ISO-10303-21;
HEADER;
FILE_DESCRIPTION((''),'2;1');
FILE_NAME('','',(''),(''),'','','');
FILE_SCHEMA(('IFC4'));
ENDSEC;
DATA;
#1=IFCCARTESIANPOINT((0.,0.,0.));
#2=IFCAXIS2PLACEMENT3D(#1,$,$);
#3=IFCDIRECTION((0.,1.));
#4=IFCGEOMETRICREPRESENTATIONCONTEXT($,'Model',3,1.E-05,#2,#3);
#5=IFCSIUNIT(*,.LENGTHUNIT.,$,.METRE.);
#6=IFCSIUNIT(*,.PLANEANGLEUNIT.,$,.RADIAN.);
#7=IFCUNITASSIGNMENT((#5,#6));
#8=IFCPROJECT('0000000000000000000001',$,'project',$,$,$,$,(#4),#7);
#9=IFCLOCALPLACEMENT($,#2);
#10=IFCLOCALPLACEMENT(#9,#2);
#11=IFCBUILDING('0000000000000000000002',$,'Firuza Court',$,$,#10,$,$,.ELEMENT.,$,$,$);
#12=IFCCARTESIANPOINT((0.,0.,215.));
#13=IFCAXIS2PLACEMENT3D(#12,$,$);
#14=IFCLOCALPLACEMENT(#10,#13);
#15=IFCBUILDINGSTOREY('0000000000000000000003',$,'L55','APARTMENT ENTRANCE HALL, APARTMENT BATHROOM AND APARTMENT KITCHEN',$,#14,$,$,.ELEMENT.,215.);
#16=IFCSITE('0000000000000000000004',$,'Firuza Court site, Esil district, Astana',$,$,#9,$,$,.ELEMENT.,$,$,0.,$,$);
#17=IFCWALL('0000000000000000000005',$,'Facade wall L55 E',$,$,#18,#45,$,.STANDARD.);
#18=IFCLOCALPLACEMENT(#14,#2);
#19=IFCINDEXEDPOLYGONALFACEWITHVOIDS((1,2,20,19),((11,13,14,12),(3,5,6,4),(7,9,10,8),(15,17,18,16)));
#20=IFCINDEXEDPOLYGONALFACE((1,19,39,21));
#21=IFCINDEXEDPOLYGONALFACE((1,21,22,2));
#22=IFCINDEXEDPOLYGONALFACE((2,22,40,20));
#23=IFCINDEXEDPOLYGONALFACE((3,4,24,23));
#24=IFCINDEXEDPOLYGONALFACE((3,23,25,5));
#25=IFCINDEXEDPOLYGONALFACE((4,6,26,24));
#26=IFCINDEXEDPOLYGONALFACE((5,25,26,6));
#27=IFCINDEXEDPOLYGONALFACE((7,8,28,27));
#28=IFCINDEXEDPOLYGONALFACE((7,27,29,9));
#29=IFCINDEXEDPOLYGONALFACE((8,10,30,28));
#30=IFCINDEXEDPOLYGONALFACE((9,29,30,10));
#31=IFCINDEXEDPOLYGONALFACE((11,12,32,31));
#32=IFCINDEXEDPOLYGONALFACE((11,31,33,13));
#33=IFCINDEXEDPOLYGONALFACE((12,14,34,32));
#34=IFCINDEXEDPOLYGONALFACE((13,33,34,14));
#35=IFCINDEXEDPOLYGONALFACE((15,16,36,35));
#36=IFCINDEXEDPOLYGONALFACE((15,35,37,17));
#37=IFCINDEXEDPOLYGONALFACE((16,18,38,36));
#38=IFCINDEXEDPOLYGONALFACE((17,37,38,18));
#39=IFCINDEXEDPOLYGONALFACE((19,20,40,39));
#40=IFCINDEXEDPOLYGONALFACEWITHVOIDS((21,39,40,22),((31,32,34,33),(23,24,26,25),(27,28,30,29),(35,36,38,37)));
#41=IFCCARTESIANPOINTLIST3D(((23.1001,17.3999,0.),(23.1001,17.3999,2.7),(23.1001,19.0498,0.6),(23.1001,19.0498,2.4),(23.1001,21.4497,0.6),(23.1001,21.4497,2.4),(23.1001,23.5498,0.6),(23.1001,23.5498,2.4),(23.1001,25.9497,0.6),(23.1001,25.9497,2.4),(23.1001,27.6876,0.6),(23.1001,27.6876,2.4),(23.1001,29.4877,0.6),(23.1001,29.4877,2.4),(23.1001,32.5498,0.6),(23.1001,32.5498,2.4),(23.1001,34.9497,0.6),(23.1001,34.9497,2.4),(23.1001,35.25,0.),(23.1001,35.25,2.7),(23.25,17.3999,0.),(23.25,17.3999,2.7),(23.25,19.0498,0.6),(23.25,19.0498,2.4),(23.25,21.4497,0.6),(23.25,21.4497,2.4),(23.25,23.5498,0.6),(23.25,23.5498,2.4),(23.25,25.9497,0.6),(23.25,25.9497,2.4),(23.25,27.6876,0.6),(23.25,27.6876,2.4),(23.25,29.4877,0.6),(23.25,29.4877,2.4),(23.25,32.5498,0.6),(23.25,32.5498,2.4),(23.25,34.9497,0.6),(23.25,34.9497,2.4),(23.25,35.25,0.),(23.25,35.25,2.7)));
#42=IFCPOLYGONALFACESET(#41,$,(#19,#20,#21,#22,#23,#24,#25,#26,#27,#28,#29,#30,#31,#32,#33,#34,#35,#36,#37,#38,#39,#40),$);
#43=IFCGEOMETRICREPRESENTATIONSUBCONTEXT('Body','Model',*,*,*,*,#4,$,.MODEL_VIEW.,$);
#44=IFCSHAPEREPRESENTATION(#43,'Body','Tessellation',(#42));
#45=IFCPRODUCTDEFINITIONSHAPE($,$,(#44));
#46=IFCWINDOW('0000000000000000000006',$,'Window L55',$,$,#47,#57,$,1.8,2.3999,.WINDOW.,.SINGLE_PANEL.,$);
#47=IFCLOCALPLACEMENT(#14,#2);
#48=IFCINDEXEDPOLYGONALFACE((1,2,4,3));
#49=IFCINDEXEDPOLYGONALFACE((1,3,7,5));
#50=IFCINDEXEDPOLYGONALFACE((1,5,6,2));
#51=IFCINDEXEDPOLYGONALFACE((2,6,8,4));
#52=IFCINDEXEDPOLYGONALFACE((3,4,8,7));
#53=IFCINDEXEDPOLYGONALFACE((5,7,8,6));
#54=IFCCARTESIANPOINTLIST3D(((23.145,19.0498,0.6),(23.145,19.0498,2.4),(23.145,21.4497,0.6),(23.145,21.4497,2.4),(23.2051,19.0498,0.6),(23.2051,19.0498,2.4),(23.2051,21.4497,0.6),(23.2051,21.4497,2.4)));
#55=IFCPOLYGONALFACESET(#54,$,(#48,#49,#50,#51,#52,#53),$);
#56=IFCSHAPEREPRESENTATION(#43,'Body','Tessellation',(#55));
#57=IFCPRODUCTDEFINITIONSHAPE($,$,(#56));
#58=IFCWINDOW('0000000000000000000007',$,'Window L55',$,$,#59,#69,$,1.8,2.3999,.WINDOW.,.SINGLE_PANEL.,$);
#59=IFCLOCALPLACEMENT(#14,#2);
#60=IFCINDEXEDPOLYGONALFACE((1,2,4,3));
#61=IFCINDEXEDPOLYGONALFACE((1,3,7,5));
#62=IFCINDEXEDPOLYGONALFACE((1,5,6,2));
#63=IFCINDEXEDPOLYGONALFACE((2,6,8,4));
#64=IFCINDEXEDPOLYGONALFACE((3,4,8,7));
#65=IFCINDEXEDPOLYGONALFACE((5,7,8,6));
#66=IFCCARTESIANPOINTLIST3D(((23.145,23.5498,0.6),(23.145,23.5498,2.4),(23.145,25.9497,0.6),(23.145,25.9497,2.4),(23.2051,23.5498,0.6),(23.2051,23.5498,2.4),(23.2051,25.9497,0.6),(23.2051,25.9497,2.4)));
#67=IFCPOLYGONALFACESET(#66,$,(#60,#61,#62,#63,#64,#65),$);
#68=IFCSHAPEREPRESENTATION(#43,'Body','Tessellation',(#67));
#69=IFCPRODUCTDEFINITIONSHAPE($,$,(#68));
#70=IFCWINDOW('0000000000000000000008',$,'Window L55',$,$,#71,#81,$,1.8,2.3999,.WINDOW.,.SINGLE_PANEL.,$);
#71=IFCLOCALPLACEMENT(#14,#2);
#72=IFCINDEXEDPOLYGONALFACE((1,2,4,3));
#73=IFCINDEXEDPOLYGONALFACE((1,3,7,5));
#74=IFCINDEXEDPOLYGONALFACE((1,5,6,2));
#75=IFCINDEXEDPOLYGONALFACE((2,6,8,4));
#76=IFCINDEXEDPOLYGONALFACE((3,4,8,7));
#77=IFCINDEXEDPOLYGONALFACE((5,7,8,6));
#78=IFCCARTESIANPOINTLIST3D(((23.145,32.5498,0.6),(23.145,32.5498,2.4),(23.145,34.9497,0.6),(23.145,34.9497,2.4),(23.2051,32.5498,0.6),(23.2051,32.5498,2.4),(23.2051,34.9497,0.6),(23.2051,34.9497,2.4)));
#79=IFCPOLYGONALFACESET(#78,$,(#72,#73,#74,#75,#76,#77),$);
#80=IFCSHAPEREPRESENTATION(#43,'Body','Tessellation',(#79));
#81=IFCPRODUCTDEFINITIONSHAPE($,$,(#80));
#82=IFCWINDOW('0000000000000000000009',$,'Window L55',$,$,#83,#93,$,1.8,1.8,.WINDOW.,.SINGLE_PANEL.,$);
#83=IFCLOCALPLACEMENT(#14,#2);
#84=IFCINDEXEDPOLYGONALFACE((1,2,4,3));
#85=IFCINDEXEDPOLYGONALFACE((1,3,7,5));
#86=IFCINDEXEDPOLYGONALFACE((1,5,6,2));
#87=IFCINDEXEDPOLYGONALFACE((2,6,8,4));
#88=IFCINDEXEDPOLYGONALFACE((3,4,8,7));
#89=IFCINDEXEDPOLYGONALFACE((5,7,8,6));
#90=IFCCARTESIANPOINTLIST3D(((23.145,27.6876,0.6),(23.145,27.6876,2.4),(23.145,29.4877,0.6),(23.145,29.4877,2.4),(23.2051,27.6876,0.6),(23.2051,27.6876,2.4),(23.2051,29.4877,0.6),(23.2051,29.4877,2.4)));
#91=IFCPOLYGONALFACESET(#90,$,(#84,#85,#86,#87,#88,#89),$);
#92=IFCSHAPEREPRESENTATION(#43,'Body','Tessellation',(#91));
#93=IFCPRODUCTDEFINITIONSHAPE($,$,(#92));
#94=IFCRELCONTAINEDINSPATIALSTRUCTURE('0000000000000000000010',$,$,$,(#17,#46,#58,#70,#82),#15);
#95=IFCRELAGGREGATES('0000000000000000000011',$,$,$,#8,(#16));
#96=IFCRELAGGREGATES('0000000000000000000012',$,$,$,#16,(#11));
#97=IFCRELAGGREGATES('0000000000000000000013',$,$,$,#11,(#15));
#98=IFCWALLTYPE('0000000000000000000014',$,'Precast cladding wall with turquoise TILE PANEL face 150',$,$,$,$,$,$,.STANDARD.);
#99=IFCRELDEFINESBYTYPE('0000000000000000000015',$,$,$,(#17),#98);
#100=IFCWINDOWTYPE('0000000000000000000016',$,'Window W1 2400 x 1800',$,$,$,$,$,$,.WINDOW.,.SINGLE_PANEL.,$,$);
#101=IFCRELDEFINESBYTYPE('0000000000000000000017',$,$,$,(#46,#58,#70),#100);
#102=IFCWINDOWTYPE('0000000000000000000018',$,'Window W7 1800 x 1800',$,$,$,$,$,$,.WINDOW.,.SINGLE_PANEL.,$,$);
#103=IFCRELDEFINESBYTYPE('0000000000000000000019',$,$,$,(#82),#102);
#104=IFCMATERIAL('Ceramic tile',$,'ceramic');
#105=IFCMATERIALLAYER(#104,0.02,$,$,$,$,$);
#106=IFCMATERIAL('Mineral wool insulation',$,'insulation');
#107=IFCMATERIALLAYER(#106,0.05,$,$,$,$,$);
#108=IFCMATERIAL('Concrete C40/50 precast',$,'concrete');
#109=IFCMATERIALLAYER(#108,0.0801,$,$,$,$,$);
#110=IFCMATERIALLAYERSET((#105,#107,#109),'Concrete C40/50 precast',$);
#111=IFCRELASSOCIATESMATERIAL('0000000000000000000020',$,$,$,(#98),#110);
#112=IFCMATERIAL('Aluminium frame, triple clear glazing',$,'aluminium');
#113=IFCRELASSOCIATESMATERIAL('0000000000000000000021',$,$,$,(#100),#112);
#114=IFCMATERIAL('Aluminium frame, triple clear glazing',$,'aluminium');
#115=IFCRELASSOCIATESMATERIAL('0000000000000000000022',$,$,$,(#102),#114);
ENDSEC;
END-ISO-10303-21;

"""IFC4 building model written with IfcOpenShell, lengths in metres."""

from ifc_helpers import new_model, si_unit, direction, frame, frame_2d, origin, place, context, subcontext, project, spatial, rectangle, extrude, material, layer, layer_set, type_object, element, fill, save


model = new_model("IFC4")

# Units and contexts
model_context = context("Model", 3, precision=1e-05, world=origin(), true_north=direction((0.0, 1.0)))
body_context = subcontext(model_context, "Body", "Model", "MODEL_VIEW")
ifc_project = project(units=[si_unit("LENGTHUNIT", "METRE"), si_unit("PLANEANGLEUNIT", "RADIAN")], contexts=[model_context])

# Site, building, storey
site_placement = place(None, origin())
site = spatial("IfcSite", under=ifc_project, at=site_placement, Name="Firuza Court site, Esil district, Astana", CompositionType="ELEMENT", RefElevation=0.0)
building_placement = place(site_placement, origin())
building = spatial("IfcBuilding", under=site, at=building_placement, Name="Firuza Court", CompositionType="ELEMENT")
storey_placement = place(building_placement, frame((0.0, 0.0, 215.0)))
storey = spatial("IfcBuildingStorey", under=building, at=storey_placement, Name="L55", Description="APARTMENT ENTRANCE HALL, APARTMENT BATHROOM AND APARTMENT KITCHEN", CompositionType="ELEMENT", Elevation=215.0)

# Wall, openings, windows
ifc_material_1 = material(Name="Ceramic tile", Category="ceramic")
ifc_layer_1 = layer(ifc_material_1, 0.02)
ifc_material_2 = material(Name="Mineral wool insulation", Category="insulation")
ifc_layer_2 = layer(ifc_material_2, 0.05)
ifc_material_3 = material(Name="Concrete C40/50 precast", Category="concrete")
ifc_layer_3 = layer(ifc_material_3, 0.0801)
ifc_layer_set = layer_set([ifc_layer_1, ifc_layer_2, ifc_layer_3], Name="Concrete C40/50 precast")
wall_type = type_object("IfcWallType", Name="Precast cladding wall with turquoise TILE PANEL face 150", PredefinedType="STANDARD", material=ifc_layer_set)
wall_placement = place(storey_placement, frame((23.175, 17.3999, 0.0), z_axis=(0.0, 0.0, 1.0), x_axis=(0.0, 1.0, 0.0)))
wall = element("IfcWall", 1, at=wall_placement, inside=storey, type_object=wall_type, Name="Facade wall L55 E", PredefinedType="STANDARD", context=body_context, shape_type="SweptSolid", body=[
    extrude(rectangle(XDim=17.8501, YDim=0.1499, at=frame_2d((8.925, 0.0))), origin(), (0.0, 0.0, 1.0), 2.7),
])
opening_1_placement = place(wall_placement, frame((1.6499, 0.0, 0.6001)))
opening_1 = element("IfcOpeningElement", 2, at=opening_1_placement, cuts=wall, PredefinedType="OPENING", context=body_context, shape_type="SweptSolid", body=[
    extrude(rectangle(XDim=2.3999, YDim=1.8, at=frame_2d((1.2, 0.8999))), frame((0.0, 0.0869, 0.0), z_axis=(0.0, -1.0, 0.0), x_axis=(1.0, 0.0, 0.0)), (0.0, 0.0, 1.0), 0.1738),
])
opening_2_placement = place(wall_placement, frame((6.1499, 0.0, 0.6001)))
opening_2 = element("IfcOpeningElement", 3, at=opening_2_placement, cuts=wall, PredefinedType="OPENING", context=body_context, shape_type="SweptSolid", body=[
    extrude(rectangle(XDim=2.3999, YDim=1.8, at=frame_2d((1.2, 0.8999))), frame((0.0, 0.0869, 0.0), z_axis=(0.0, -1.0, 0.0), x_axis=(1.0, 0.0, 0.0)), (0.0, 0.0, 1.0), 0.1738),
])
opening_3_placement = place(wall_placement, frame((10.2878, 0.0, 0.6001)))
opening_3 = element("IfcOpeningElement", 4, at=opening_3_placement, cuts=wall, PredefinedType="OPENING", context=body_context, shape_type="SweptSolid", body=[
    extrude(rectangle(XDim=1.8, YDim=1.8, at=frame_2d((0.8999, 0.8999))), frame((0.0, 0.0869, 0.0), z_axis=(0.0, -1.0, 0.0), x_axis=(1.0, 0.0, 0.0)), (0.0, 0.0, 1.0), 0.1738),
])
opening_4_placement = place(wall_placement, frame((15.1499, 0.0, 0.6001)))
opening_4 = element("IfcOpeningElement", 5, at=opening_4_placement, cuts=wall, PredefinedType="OPENING", context=body_context, shape_type="SweptSolid", body=[
    extrude(rectangle(XDim=2.3999, YDim=1.8, at=frame_2d((1.2, 0.8999))), frame((0.0, 0.0869, 0.0), z_axis=(0.0, -1.0, 0.0), x_axis=(1.0, 0.0, 0.0)), (0.0, 0.0, 1.0), 0.1738),
])
ifc_material_4 = material(Name="Aluminium frame, triple clear glazing", Category="aluminium")
window_type_1 = type_object("IfcWindowType", Name="Window W1 2400 x 1800", PartitioningType="SINGLE_PANEL", PredefinedType="WINDOW", material=ifc_material_4)
window_1_placement = place(opening_1_placement, origin())
window_1 = element("IfcWindow", 6, at=window_1_placement, inside=storey, type_object=window_type_1, Name="Window L55", OverallHeight=1.8, OverallWidth=2.3999, PartitioningType="SINGLE_PANEL", PredefinedType="WINDOW", context=body_context, shape_type="SweptSolid", body=[
    extrude(rectangle(XDim=2.3999, YDim=1.8, at=frame_2d((1.2, 0.8999))), frame((0.0, 0.03, 0.0), z_axis=(0.0, -1.0, 0.0), x_axis=(1.0, 0.0, 0.0)), (0.0, 0.0, 1.0), 0.0601),
])
fill(opening_1, window_1)
window_2_placement = place(opening_2_placement, origin())
window_2 = element("IfcWindow", 7, at=window_2_placement, inside=storey, type_object=window_type_1, Name="Window L55", OverallHeight=1.8, OverallWidth=2.3999, PartitioningType="SINGLE_PANEL", PredefinedType="WINDOW", context=body_context, shape_type="SweptSolid", body=[
    extrude(rectangle(XDim=2.3999, YDim=1.8, at=frame_2d((1.2, 0.8999))), frame((0.0, 0.03, 0.0), z_axis=(0.0, -1.0, 0.0), x_axis=(1.0, 0.0, 0.0)), (0.0, 0.0, 1.0), 0.0601),
])
fill(opening_2, window_2)
window_3_placement = place(opening_4_placement, origin())
window_3 = element("IfcWindow", 8, at=window_3_placement, inside=storey, type_object=window_type_1, Name="Window L55", OverallHeight=1.8, OverallWidth=2.3999, PartitioningType="SINGLE_PANEL", PredefinedType="WINDOW", context=body_context, shape_type="SweptSolid", body=[
    extrude(rectangle(XDim=2.3999, YDim=1.8, at=frame_2d((1.2, 0.8999))), frame((0.0, 0.03, 0.0), z_axis=(0.0, -1.0, 0.0), x_axis=(1.0, 0.0, 0.0)), (0.0, 0.0, 1.0), 0.0601),
])
fill(opening_4, window_3)
ifc_material_5 = material(Name="Aluminium frame, triple clear glazing", Category="aluminium")
window_type_2 = type_object("IfcWindowType", Name="Window W7 1800 x 1800", PartitioningType="SINGLE_PANEL", PredefinedType="WINDOW", material=ifc_material_5)
window_4_placement = place(opening_3_placement, origin())
window_4 = element("IfcWindow", 9, at=window_4_placement, inside=storey, type_object=window_type_2, Name="Window L55", OverallHeight=1.8, OverallWidth=1.8, PartitioningType="SINGLE_PANEL", PredefinedType="WINDOW", context=body_context, shape_type="SweptSolid", body=[
    extrude(rectangle(XDim=1.8, YDim=1.8, at=frame_2d((0.8999, 0.8999))), frame((0.0, 0.03, 0.0), z_axis=(0.0, -1.0, 0.0), x_axis=(1.0, 0.0, 0.0)), (0.0, 0.0, 1.0), 0.0601),
])
fill(opening_3, window_4)

save(model, "model.ifc")
